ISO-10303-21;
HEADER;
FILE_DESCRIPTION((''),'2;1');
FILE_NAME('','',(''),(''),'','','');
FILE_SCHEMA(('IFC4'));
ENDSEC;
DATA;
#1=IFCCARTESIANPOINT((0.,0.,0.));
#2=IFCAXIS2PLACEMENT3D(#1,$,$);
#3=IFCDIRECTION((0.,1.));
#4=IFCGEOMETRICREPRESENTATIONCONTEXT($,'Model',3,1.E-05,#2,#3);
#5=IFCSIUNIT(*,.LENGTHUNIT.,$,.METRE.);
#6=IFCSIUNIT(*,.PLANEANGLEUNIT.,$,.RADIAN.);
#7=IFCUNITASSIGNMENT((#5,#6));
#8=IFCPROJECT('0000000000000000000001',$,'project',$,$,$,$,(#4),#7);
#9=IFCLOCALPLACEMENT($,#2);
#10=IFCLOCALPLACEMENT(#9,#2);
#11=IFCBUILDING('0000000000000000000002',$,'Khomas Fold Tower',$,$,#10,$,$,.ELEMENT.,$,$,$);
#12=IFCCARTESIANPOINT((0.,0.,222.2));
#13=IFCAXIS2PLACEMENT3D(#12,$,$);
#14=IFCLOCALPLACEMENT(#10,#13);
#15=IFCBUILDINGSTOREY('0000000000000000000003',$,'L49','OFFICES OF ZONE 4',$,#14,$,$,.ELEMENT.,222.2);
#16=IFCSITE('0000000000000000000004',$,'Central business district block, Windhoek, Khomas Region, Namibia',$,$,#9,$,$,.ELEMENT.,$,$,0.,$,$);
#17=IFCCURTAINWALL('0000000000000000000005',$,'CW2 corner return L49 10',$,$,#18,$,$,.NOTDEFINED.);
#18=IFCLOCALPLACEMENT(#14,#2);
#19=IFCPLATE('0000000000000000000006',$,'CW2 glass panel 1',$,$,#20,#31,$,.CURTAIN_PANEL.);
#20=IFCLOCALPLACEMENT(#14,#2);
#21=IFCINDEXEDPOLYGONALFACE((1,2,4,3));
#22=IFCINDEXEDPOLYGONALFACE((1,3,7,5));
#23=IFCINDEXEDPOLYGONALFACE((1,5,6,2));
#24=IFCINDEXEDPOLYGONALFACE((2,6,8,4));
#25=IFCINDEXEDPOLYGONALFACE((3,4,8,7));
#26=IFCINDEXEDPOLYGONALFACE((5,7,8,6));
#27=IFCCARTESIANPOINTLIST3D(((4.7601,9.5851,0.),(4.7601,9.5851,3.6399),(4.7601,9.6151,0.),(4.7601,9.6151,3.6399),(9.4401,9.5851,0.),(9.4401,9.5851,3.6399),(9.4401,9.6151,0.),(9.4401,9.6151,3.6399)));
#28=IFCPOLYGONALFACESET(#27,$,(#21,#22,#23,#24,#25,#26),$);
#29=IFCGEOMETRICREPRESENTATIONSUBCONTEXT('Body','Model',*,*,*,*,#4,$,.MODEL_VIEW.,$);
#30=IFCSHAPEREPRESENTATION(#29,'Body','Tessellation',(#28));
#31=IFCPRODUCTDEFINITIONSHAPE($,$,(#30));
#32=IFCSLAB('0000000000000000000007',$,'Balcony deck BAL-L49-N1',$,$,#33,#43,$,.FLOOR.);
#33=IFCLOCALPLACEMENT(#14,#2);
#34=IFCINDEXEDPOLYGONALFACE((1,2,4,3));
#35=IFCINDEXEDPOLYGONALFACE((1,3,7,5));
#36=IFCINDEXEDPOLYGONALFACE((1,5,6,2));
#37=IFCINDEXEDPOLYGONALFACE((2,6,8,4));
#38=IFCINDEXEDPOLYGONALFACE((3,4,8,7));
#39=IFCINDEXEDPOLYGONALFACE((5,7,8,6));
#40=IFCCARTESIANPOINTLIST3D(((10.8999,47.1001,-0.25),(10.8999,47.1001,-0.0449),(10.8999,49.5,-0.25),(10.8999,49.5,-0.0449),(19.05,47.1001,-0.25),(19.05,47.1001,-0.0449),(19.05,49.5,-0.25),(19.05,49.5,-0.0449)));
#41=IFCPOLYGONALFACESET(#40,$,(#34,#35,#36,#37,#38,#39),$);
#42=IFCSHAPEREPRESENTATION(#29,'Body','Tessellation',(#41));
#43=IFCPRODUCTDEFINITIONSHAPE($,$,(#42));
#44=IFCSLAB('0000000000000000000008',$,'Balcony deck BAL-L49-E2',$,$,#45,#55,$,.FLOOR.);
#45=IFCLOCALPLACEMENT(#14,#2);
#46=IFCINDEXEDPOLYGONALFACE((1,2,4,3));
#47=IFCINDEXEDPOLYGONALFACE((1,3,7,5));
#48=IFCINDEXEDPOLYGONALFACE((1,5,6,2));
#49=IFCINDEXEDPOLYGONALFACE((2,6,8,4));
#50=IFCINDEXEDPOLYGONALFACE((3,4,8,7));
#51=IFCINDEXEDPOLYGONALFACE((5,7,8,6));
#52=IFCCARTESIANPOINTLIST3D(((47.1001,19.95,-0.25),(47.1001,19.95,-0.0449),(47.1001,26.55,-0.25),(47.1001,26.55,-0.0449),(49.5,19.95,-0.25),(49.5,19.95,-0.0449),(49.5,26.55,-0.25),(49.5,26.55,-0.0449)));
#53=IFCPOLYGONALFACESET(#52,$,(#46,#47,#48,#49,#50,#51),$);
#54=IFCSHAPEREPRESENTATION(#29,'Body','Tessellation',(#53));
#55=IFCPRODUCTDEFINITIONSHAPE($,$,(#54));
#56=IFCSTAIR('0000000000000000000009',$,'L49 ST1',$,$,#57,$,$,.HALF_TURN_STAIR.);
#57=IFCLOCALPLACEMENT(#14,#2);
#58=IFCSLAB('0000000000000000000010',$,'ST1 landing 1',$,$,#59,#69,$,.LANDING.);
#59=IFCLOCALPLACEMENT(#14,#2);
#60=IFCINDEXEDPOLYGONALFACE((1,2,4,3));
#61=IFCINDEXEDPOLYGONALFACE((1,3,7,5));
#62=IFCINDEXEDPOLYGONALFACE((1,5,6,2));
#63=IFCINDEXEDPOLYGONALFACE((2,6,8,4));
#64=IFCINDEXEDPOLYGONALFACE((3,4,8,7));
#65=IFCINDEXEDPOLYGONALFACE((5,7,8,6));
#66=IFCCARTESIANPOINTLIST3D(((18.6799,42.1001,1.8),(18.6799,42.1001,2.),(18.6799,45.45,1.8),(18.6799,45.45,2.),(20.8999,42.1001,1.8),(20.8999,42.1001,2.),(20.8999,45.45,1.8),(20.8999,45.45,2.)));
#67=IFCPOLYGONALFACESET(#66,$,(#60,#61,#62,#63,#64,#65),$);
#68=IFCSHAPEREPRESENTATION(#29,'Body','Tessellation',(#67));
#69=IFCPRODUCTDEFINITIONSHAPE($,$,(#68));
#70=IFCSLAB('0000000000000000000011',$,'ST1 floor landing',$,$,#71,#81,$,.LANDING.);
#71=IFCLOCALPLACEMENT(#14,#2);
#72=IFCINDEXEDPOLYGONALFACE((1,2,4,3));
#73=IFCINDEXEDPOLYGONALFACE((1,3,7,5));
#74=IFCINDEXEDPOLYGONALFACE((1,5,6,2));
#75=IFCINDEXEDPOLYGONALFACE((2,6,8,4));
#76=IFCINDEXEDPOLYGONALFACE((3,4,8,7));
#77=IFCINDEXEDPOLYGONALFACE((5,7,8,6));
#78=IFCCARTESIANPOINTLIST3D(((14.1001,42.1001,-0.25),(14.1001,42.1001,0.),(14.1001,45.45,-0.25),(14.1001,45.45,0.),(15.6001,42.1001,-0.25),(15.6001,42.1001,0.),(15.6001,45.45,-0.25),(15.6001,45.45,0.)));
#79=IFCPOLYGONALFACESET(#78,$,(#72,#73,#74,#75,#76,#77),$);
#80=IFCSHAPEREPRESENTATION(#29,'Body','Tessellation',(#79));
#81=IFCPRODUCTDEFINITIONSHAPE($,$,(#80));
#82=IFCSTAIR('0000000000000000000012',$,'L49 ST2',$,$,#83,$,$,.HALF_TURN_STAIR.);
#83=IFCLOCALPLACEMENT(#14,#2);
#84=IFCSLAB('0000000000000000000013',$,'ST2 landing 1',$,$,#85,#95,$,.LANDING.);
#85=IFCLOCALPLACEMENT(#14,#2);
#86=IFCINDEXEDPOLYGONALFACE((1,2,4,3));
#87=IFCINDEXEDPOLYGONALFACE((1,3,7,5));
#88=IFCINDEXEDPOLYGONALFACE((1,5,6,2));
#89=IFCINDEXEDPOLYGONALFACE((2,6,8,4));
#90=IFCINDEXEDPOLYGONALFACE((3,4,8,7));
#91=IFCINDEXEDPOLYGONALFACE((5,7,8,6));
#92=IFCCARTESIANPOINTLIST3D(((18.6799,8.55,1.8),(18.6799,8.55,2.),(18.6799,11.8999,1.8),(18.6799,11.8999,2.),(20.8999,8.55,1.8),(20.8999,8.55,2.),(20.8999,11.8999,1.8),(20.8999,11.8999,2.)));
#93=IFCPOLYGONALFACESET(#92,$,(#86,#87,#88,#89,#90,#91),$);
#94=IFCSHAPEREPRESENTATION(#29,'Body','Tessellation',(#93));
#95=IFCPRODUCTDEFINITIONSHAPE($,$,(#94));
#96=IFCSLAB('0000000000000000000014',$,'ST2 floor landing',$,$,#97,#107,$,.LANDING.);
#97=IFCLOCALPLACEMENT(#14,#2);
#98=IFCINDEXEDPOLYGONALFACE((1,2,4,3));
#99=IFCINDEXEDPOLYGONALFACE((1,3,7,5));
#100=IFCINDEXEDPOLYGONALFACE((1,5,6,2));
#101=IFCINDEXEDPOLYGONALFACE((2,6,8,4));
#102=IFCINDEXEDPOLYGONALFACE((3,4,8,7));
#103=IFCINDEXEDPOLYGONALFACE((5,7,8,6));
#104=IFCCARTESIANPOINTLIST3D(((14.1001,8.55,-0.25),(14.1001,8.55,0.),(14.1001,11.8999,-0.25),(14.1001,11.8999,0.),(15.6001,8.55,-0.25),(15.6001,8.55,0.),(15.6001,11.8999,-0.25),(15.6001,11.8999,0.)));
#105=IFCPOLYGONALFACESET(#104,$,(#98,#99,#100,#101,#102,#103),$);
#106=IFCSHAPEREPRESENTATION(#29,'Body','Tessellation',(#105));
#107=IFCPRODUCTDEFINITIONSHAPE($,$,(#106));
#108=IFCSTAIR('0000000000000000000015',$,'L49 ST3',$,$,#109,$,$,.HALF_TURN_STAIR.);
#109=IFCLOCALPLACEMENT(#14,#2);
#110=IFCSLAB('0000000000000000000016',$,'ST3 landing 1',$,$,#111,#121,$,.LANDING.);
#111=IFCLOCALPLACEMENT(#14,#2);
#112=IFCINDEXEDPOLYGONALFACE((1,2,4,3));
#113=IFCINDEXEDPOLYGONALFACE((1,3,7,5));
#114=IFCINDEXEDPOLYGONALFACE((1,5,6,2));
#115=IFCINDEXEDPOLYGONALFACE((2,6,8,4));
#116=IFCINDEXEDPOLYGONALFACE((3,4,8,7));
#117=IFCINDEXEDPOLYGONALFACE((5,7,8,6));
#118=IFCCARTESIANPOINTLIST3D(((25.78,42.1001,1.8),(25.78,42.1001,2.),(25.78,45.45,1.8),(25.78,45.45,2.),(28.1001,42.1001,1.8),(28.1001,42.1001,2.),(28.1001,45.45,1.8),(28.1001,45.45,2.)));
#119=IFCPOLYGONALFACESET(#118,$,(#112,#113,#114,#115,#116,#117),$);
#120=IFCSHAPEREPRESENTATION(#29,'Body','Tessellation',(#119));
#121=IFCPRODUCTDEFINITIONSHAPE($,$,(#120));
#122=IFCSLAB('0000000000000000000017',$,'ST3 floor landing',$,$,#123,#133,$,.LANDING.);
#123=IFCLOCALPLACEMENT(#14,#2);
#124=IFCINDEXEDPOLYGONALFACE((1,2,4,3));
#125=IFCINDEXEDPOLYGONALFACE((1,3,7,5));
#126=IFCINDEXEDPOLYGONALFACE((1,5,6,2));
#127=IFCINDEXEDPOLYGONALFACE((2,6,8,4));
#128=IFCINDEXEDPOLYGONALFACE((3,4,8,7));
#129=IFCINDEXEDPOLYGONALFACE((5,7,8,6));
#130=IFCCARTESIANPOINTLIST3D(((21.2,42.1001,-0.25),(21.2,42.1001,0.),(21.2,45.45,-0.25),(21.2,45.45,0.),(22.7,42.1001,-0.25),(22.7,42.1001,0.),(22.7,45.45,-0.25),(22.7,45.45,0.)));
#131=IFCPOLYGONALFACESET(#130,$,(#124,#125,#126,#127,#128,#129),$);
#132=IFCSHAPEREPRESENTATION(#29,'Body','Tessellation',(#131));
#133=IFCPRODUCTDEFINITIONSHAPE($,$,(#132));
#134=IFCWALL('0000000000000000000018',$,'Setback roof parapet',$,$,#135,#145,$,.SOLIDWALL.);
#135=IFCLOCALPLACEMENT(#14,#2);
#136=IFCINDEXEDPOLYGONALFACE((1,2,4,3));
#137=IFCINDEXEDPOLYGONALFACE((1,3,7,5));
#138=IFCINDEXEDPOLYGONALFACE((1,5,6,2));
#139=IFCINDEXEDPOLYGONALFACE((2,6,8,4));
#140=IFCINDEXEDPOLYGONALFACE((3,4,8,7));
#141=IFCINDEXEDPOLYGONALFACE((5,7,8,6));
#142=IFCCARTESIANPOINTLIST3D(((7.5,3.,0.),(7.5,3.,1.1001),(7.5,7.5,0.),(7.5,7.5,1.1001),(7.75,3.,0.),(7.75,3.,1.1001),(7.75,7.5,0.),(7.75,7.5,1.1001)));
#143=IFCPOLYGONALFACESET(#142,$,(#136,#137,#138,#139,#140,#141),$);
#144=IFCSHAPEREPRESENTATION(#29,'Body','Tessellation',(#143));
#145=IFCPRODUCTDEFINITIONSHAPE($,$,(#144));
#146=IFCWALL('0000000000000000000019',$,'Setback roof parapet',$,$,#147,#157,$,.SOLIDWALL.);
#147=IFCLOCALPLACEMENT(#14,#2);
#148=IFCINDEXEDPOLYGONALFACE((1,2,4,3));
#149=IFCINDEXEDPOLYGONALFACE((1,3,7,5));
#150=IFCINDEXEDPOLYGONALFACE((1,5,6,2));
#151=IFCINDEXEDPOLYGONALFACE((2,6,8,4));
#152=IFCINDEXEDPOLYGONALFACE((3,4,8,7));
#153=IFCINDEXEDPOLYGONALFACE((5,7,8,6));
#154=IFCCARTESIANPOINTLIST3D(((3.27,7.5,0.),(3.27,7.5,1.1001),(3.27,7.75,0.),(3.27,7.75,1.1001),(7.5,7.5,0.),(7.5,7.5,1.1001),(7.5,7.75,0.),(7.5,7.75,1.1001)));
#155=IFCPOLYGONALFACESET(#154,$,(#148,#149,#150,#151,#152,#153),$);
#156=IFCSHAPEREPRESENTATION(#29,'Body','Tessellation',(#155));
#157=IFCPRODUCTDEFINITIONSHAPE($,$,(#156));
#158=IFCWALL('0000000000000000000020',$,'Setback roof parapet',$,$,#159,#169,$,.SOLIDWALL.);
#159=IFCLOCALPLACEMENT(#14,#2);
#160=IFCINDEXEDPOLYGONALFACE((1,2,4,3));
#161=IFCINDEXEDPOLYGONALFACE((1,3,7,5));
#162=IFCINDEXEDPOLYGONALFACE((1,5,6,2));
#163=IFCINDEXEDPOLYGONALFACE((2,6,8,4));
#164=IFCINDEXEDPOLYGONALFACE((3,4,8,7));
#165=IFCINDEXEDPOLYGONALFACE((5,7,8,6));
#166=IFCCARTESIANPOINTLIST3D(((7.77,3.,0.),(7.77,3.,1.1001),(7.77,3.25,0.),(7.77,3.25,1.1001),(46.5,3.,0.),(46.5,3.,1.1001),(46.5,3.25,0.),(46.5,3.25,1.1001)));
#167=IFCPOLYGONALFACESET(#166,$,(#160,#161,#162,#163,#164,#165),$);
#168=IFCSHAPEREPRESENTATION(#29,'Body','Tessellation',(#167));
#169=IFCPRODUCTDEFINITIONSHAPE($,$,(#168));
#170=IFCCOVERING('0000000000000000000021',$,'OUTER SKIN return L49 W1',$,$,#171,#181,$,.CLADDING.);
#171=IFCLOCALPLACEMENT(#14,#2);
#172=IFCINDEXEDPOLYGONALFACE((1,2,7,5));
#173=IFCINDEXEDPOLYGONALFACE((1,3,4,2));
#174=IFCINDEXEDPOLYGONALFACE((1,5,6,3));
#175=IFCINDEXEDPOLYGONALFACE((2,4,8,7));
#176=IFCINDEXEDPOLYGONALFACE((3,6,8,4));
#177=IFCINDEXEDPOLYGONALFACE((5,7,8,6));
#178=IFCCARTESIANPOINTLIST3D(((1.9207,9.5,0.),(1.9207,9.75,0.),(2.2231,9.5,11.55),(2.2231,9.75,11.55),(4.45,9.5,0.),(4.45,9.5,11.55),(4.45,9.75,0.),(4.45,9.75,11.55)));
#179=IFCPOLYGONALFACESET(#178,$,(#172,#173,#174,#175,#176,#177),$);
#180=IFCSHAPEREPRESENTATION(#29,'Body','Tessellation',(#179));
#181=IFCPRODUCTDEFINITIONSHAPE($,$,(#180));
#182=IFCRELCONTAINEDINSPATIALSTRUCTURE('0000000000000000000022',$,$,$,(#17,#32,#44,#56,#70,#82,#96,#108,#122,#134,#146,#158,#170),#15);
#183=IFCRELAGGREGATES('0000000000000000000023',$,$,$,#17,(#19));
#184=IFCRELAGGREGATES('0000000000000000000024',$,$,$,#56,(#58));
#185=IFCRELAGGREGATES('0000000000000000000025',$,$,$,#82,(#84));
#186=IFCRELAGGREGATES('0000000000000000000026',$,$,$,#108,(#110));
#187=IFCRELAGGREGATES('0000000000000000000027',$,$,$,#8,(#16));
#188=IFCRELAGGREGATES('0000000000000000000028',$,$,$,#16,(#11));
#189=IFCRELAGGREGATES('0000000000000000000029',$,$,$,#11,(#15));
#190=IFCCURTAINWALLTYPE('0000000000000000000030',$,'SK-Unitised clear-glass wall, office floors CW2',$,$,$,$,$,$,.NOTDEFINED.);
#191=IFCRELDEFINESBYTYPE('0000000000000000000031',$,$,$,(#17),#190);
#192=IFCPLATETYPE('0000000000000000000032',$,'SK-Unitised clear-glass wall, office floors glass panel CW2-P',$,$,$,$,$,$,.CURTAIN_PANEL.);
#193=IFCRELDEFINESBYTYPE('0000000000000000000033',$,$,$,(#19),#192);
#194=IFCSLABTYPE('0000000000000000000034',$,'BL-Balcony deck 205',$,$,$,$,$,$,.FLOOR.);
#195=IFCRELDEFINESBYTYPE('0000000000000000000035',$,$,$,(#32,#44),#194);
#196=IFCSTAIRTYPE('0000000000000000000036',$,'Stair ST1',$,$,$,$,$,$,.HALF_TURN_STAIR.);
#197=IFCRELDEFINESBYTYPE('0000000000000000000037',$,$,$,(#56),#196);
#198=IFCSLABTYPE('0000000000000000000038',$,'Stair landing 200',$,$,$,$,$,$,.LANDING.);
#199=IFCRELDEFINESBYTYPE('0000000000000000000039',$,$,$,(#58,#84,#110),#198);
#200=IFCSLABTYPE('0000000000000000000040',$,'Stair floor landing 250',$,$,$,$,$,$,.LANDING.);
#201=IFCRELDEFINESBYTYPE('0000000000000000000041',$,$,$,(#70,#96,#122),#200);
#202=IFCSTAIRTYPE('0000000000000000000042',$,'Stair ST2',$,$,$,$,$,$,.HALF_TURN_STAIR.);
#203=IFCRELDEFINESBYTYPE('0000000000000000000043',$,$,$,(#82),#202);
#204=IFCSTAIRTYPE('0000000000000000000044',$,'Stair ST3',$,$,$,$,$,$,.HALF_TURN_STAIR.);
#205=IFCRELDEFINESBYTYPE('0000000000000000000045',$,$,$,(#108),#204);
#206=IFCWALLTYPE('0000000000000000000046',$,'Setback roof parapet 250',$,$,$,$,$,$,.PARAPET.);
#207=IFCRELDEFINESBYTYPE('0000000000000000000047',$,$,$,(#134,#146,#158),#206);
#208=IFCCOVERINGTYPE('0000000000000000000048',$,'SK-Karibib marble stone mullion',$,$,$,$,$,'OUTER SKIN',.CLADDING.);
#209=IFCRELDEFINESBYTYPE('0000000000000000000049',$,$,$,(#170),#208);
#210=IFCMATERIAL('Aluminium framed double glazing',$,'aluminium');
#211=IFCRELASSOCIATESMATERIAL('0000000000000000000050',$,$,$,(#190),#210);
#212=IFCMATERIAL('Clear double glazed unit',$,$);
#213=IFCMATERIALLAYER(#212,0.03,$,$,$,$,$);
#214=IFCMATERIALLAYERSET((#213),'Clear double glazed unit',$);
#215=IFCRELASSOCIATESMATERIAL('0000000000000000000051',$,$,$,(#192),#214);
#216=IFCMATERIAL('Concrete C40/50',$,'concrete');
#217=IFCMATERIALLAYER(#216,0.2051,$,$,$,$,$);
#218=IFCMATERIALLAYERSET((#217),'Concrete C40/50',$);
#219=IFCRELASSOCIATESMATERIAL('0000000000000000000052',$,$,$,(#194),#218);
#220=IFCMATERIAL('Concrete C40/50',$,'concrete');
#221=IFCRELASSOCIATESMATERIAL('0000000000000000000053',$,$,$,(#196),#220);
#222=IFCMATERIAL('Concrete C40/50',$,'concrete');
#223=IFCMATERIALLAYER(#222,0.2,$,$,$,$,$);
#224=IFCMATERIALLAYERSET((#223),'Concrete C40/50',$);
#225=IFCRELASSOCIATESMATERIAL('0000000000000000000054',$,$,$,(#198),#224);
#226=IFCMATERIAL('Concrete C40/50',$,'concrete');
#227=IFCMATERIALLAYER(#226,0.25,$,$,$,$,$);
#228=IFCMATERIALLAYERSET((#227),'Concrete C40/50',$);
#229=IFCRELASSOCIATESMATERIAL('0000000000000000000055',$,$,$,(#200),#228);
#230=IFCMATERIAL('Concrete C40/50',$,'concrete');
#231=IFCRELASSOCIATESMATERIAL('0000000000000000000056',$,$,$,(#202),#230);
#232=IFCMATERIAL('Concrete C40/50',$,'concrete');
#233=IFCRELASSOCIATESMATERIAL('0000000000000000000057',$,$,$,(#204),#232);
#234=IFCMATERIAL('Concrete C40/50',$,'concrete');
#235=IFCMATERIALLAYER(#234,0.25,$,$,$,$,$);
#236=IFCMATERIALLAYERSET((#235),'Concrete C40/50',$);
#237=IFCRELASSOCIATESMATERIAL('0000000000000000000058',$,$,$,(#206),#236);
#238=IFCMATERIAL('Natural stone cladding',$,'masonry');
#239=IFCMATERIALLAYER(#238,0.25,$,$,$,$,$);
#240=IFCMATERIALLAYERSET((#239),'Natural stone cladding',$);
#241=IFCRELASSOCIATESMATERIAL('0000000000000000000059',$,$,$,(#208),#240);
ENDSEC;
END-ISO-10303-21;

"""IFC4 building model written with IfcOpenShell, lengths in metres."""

from ifc_helpers import new_model, si_unit, direction, frame, frame_2d, origin, origin_2d, place, context, subcontext, project, spatial, polyline, rectangle, outline, extrude, source, transform, mapped, material, layer, layer_set, type_object, element, aggregate, save


model = new_model("IFC4")

# Units and contexts
model_context = context("Model", 3, precision=1e-05, world=origin(), true_north=direction((0.0, 1.0)))
body_context = subcontext(model_context, "Body", "Model", "MODEL_VIEW")
ifc_project = project(units=[si_unit("LENGTHUNIT", "METRE"), si_unit("PLANEANGLEUNIT", "RADIAN")], contexts=[model_context])

# Site, building, storey
site_placement = place(None, origin())
site = spatial("IfcSite", under=ifc_project, at=site_placement, Name="Central business district block, Windhoek, Khomas Region, Namibia", CompositionType="ELEMENT", RefElevation=0.0)
building_placement = place(site_placement, origin())
building = spatial("IfcBuilding", under=site, at=building_placement, Name="Khomas Fold Tower", CompositionType="ELEMENT")
storey_placement = place(building_placement, frame((0.0, 0.0, 222.2)))
storey = spatial("IfcBuildingStorey", under=building, at=storey_placement, Name="L49", Description="OFFICES OF ZONE 4", CompositionType="ELEMENT", Elevation=222.2)

# Curtain wall
ifc_material_1 = material(Name="Aluminium framed double glazing", Category="aluminium")
curtain_wall_type = type_object("IfcCurtainWallType", Name="SK-Unitised clear-glass wall, office floors CW2", PredefinedType="NOTDEFINED", material=ifc_material_1)
curtain_wall_1_placement = place(storey_placement, origin())
curtain_wall_1 = element("IfcCurtainWall", 1, at=curtain_wall_1_placement, inside=storey, type_object=curtain_wall_type, Name="CW2 corner return L49 10", PredefinedType="NOTDEFINED")

# Plate
ifc_material_2 = material(Name="Clear double glazed unit")
ifc_layer_1 = layer(ifc_material_2, 0.03)
ifc_layer_set_1 = layer_set([ifc_layer_1], Name="Clear double glazed unit")
plate_type_1 = type_object("IfcPlateType", Name="SK-Unitised clear-glass wall, office floors glass panel CW2-P", PredefinedType="CURTAIN_PANEL", material=ifc_layer_set_1)
shared_shape_1 = source(origin(), body_context, "Body", "SweptSolid", [
    extrude(rectangle(XDim=4.6799, YDim=0.03, at=origin_2d()), origin(), (0.0, 0.0, 1.0), 3.6399),
])
plate_1_placement = place(storey_placement, frame((7.1001, 9.6001, 0.0), z_axis=(0.0, 0.0, 1.0), x_axis=(1.0, 0.0, 0.0)))
plate_1 = element("IfcPlate", 2, at=plate_1_placement, type_object=plate_type_1, Name="CW2 glass panel 1", PredefinedType="CURTAIN_PANEL", context=body_context, shape_type="MappedRepresentation", body=[
    mapped(shared_shape_1, transform((0.0, 0.0, 0.0))),
])
aggregate(curtain_wall_1, [plate_1])

# Slabs
ifc_material_3 = material(Name="Concrete C40/50", Category="concrete")
ifc_layer_2 = layer(ifc_material_3, 0.2051)
ifc_layer_set_2 = layer_set([ifc_layer_2], Name="Concrete C40/50")
slab_type_1 = type_object("IfcSlabType", Name="BL-Balcony deck 205", PredefinedType="FLOOR", material=ifc_layer_set_2)
shared_shape_2 = source(origin(), body_context, "Body", "SweptSolid", [
    extrude(outline(polyline([(10.8999, 47.1001), (19.05, 47.1001), (19.05, 49.5), (10.8999, 49.5), (10.8999, 47.1001)])), origin(), (0.0, 0.0, 1.0), 0.2051),
])
slab_1_placement = place(storey_placement, frame((0.0, 0.0, -0.25)))
element("IfcSlab", 3, at=slab_1_placement, inside=storey, type_object=slab_type_1, Name="Balcony deck BAL-L49-N1", PredefinedType="FLOOR", context=body_context, shape_type="MappedRepresentation", body=[
    mapped(shared_shape_2, transform((0.0, 0.0, 0.0))),
])
shared_shape_3 = source(origin(), body_context, "Body", "SweptSolid", [
    extrude(outline(polyline([(47.1001, 19.95), (49.5, 19.95), (49.5, 26.55), (47.1001, 26.55), (47.1001, 19.95)])), origin(), (0.0, 0.0, 1.0), 0.2051),
])
slab_2_placement = place(storey_placement, frame((0.0, 0.0, -0.25)))
element("IfcSlab", 4, at=slab_2_placement, inside=storey, type_object=slab_type_1, Name="Balcony deck BAL-L49-E2", PredefinedType="FLOOR", context=body_context, shape_type="MappedRepresentation", body=[
    mapped(shared_shape_3, transform((0.0, 0.0, 0.0))),
])

# Stair, slab
ifc_material_4 = material(Name="Concrete C40/50", Category="concrete")
stair_type_1 = type_object("IfcStairType", Name="Stair ST1", PredefinedType="HALF_TURN_STAIR", material=ifc_material_4)
stair_1_placement = place(storey_placement, origin())
stair_1 = element("IfcStair", 5, at=stair_1_placement, inside=storey, type_object=stair_type_1, Name="L49 ST1", PredefinedType="HALF_TURN_STAIR")
ifc_material_5 = material(Name="Concrete C40/50", Category="concrete")
ifc_layer_3 = layer(ifc_material_5, 0.2)
ifc_layer_set_3 = layer_set([ifc_layer_3], Name="Concrete C40/50")
slab_type_2 = type_object("IfcSlabType", Name="Stair landing 200", PredefinedType="LANDING", material=ifc_layer_set_3)
shared_shape_4 = source(origin(), body_context, "Body", "SweptSolid", [
    extrude(outline(polyline([(18.6799, 42.1001), (20.8999, 42.1001), (20.8999, 45.45), (18.6799, 45.45), (18.6799, 42.1001)])), origin(), (0.0, 0.0, 1.0), 0.2),
])
slab_3_placement = place(storey_placement, frame((0.0, 0.0, 1.8)))
slab_3 = element("IfcSlab", 6, at=slab_3_placement, type_object=slab_type_2, Name="ST1 landing 1", PredefinedType="LANDING", context=body_context, shape_type="MappedRepresentation", body=[
    mapped(shared_shape_4, transform((0.0, 0.0, 0.0))),
])
aggregate(stair_1, [slab_3])

# Slab
ifc_material_6 = material(Name="Concrete C40/50", Category="concrete")
ifc_layer_4 = layer(ifc_material_6, 0.25)
ifc_layer_set_4 = layer_set([ifc_layer_4], Name="Concrete C40/50")
slab_type_3 = type_object("IfcSlabType", Name="Stair floor landing 250", PredefinedType="LANDING", material=ifc_layer_set_4)
shared_shape_5 = source(origin(), body_context, "Body", "SweptSolid", [
    extrude(outline(polyline([(14.1001, 42.1001), (14.1001, 45.45), (15.6001, 45.45), (15.6001, 42.1001), (14.1001, 42.1001)])), origin(), (0.0, 0.0, 1.0), 0.25),
])
slab_4_placement = place(storey_placement, frame((0.0, 0.0, -0.25)))
element("IfcSlab", 7, at=slab_4_placement, inside=storey, type_object=slab_type_3, Name="ST1 floor landing", PredefinedType="LANDING", context=body_context, shape_type="MappedRepresentation", body=[
    mapped(shared_shape_5, transform((0.0, 0.0, 0.0))),
])

# Stair, slab
ifc_material_7 = material(Name="Concrete C40/50", Category="concrete")
stair_type_2 = type_object("IfcStairType", Name="Stair ST2", PredefinedType="HALF_TURN_STAIR", material=ifc_material_7)
stair_2_placement = place(storey_placement, origin())
stair_2 = element("IfcStair", 8, at=stair_2_placement, inside=storey, type_object=stair_type_2, Name="L49 ST2", PredefinedType="HALF_TURN_STAIR")
shared_shape_6 = source(origin(), body_context, "Body", "SweptSolid", [
    extrude(outline(polyline([(18.6799, 8.55), (20.8999, 8.55), (20.8999, 11.8999), (18.6799, 11.8999), (18.6799, 8.55)])), origin(), (0.0, 0.0, 1.0), 0.2),
])
slab_5_placement = place(storey_placement, frame((0.0, 0.0, 1.8)))
slab_5 = element("IfcSlab", 9, at=slab_5_placement, type_object=slab_type_2, Name="ST2 landing 1", PredefinedType="LANDING", context=body_context, shape_type="MappedRepresentation", body=[
    mapped(shared_shape_6, transform((0.0, 0.0, 0.0))),
])
aggregate(stair_2, [slab_5])

# Slab
shared_shape_7 = source(origin(), body_context, "Body", "SweptSolid", [
    extrude(outline(polyline([(14.1001, 8.55), (14.1001, 11.8999), (15.6001, 11.8999), (15.6001, 8.55), (14.1001, 8.55)])), origin(), (0.0, 0.0, 1.0), 0.25),
])
slab_6_placement = place(storey_placement, frame((0.0, 0.0, -0.25)))
element("IfcSlab", 10, at=slab_6_placement, inside=storey, type_object=slab_type_3, Name="ST2 floor landing", PredefinedType="LANDING", context=body_context, shape_type="MappedRepresentation", body=[
    mapped(shared_shape_7, transform((0.0, 0.0, 0.0))),
])

# Stair, slab
ifc_material_8 = material(Name="Concrete C40/50", Category="concrete")
stair_type_3 = type_object("IfcStairType", Name="Stair ST3", PredefinedType="HALF_TURN_STAIR", material=ifc_material_8)
stair_3_placement = place(storey_placement, origin())
stair_3 = element("IfcStair", 11, at=stair_3_placement, inside=storey, type_object=stair_type_3, Name="L49 ST3", PredefinedType="HALF_TURN_STAIR")
shared_shape_8 = source(origin(), body_context, "Body", "SweptSolid", [
    extrude(outline(polyline([(25.78, 42.1001), (28.1001, 42.1001), (28.1001, 45.45), (25.78, 45.45), (25.78, 42.1001)])), origin(), (0.0, 0.0, 1.0), 0.2),
])
slab_7_placement = place(storey_placement, frame((0.0, 0.0, 1.8)))
slab_7 = element("IfcSlab", 12, at=slab_7_placement, type_object=slab_type_2, Name="ST3 landing 1", PredefinedType="LANDING", context=body_context, shape_type="MappedRepresentation", body=[
    mapped(shared_shape_8, transform((0.0, 0.0, 0.0))),
])
aggregate(stair_3, [slab_7])

# Slab
shared_shape_9 = source(origin(), body_context, "Body", "SweptSolid", [
    extrude(outline(polyline([(21.2, 42.1001), (21.2, 45.45), (22.7, 45.45), (22.7, 42.1001), (21.2, 42.1001)])), origin(), (0.0, 0.0, 1.0), 0.25),
])
slab_8_placement = place(storey_placement, frame((0.0, 0.0, -0.25)))
element("IfcSlab", 13, at=slab_8_placement, inside=storey, type_object=slab_type_3, Name="ST3 floor landing", PredefinedType="LANDING", context=body_context, shape_type="MappedRepresentation", body=[
    mapped(shared_shape_9, transform((0.0, 0.0, 0.0))),
])

# Walls
ifc_material_9 = material(Name="Concrete C40/50", Category="concrete")
ifc_layer_5 = layer(ifc_material_9, 0.25)
ifc_layer_set_5 = layer_set([ifc_layer_5], Name="Concrete C40/50")
wall_type = type_object("IfcWallType", Name="Setback roof parapet 250", PredefinedType="PARAPET", material=ifc_layer_set_5)
shared_shape_10 = source(origin(), body_context, "Body", "SweptSolid", [
    extrude(rectangle(XDim=4.5, YDim=0.25, at=frame_2d((2.25, 0.0))), origin(), (0.0, 0.0, 1.0), 1.1001),
])
wall_1_placement = place(storey_placement, frame((7.625, 7.5, 0.0), z_axis=(0.0, 0.0, 1.0), x_axis=(0.0, -1.0, 0.0)))
element("IfcWall", 14, at=wall_1_placement, inside=storey, type_object=wall_type, Name="Setback roof parapet", PredefinedType="SOLIDWALL", context=body_context, shape_type="MappedRepresentation", body=[
    mapped(shared_shape_10, transform((0.0, 0.0, 0.0))),
])
shared_shape_11 = source(origin(), body_context, "Body", "SweptSolid", [
    extrude(rectangle(XDim=4.23, YDim=0.25, at=frame_2d((2.115, 0.0))), origin(), (0.0, 0.0, 1.0), 1.1001),
])
wall_2_placement = place(storey_placement, frame((3.27, 7.625, 0.0), z_axis=(0.0, 0.0, 1.0), x_axis=(1.0, 0.0, 0.0)))
element("IfcWall", 15, at=wall_2_placement, inside=storey, type_object=wall_type, Name="Setback roof parapet", PredefinedType="SOLIDWALL", context=body_context, shape_type="MappedRepresentation", body=[
    mapped(shared_shape_11, transform((0.0, 0.0, 0.0))),
])
shared_shape_12 = source(origin(), body_context, "Body", "SweptSolid", [
    extrude(rectangle(XDim=38.73, YDim=0.25, at=frame_2d((19.365, 0.0))), origin(), (0.0, 0.0, 1.0), 1.1001),
])
wall_3_placement = place(storey_placement, frame((7.77, 3.125, 0.0), z_axis=(0.0, 0.0, 1.0), x_axis=(1.0, 0.0, 0.0)))
element("IfcWall", 16, at=wall_3_placement, inside=storey, type_object=wall_type, Name="Setback roof parapet", PredefinedType="SOLIDWALL", context=body_context, shape_type="MappedRepresentation", body=[
    mapped(shared_shape_12, transform((0.0, 0.0, 0.0))),
])

# Covering
ifc_material_10 = material(Name="Natural stone cladding", Category="masonry")
ifc_layer_6 = layer(ifc_material_10, 0.25)
ifc_layer_set_6 = layer_set([ifc_layer_6], Name="Natural stone cladding")
covering_type = type_object("IfcCoveringType", Name="SK-Karibib marble stone mullion", ElementType="OUTER SKIN", PredefinedType="CLADDING", material=ifc_layer_set_6)
covering_placement = place(storey_placement, frame((4.45, 9.5, 11.55), z_axis=(0.0, -1.0, 0.0), x_axis=(-1.0, 0.0, 0.0)))
element("IfcCovering", 17, at=covering_placement, inside=storey, type_object=covering_type, Name="OUTER SKIN return L49 W1", PredefinedType="CLADDING", context=body_context, shape_type="SweptSolid", body=[
    extrude(outline(polyline([(0.0, 0.0), (2.2268, 0.0), (2.5293, 11.55), (0.0, 11.55), (0.0, 0.0)])), origin(), (0.0, 0.0, -1.0), 0.25),
])

save(model, "model.ifc")
